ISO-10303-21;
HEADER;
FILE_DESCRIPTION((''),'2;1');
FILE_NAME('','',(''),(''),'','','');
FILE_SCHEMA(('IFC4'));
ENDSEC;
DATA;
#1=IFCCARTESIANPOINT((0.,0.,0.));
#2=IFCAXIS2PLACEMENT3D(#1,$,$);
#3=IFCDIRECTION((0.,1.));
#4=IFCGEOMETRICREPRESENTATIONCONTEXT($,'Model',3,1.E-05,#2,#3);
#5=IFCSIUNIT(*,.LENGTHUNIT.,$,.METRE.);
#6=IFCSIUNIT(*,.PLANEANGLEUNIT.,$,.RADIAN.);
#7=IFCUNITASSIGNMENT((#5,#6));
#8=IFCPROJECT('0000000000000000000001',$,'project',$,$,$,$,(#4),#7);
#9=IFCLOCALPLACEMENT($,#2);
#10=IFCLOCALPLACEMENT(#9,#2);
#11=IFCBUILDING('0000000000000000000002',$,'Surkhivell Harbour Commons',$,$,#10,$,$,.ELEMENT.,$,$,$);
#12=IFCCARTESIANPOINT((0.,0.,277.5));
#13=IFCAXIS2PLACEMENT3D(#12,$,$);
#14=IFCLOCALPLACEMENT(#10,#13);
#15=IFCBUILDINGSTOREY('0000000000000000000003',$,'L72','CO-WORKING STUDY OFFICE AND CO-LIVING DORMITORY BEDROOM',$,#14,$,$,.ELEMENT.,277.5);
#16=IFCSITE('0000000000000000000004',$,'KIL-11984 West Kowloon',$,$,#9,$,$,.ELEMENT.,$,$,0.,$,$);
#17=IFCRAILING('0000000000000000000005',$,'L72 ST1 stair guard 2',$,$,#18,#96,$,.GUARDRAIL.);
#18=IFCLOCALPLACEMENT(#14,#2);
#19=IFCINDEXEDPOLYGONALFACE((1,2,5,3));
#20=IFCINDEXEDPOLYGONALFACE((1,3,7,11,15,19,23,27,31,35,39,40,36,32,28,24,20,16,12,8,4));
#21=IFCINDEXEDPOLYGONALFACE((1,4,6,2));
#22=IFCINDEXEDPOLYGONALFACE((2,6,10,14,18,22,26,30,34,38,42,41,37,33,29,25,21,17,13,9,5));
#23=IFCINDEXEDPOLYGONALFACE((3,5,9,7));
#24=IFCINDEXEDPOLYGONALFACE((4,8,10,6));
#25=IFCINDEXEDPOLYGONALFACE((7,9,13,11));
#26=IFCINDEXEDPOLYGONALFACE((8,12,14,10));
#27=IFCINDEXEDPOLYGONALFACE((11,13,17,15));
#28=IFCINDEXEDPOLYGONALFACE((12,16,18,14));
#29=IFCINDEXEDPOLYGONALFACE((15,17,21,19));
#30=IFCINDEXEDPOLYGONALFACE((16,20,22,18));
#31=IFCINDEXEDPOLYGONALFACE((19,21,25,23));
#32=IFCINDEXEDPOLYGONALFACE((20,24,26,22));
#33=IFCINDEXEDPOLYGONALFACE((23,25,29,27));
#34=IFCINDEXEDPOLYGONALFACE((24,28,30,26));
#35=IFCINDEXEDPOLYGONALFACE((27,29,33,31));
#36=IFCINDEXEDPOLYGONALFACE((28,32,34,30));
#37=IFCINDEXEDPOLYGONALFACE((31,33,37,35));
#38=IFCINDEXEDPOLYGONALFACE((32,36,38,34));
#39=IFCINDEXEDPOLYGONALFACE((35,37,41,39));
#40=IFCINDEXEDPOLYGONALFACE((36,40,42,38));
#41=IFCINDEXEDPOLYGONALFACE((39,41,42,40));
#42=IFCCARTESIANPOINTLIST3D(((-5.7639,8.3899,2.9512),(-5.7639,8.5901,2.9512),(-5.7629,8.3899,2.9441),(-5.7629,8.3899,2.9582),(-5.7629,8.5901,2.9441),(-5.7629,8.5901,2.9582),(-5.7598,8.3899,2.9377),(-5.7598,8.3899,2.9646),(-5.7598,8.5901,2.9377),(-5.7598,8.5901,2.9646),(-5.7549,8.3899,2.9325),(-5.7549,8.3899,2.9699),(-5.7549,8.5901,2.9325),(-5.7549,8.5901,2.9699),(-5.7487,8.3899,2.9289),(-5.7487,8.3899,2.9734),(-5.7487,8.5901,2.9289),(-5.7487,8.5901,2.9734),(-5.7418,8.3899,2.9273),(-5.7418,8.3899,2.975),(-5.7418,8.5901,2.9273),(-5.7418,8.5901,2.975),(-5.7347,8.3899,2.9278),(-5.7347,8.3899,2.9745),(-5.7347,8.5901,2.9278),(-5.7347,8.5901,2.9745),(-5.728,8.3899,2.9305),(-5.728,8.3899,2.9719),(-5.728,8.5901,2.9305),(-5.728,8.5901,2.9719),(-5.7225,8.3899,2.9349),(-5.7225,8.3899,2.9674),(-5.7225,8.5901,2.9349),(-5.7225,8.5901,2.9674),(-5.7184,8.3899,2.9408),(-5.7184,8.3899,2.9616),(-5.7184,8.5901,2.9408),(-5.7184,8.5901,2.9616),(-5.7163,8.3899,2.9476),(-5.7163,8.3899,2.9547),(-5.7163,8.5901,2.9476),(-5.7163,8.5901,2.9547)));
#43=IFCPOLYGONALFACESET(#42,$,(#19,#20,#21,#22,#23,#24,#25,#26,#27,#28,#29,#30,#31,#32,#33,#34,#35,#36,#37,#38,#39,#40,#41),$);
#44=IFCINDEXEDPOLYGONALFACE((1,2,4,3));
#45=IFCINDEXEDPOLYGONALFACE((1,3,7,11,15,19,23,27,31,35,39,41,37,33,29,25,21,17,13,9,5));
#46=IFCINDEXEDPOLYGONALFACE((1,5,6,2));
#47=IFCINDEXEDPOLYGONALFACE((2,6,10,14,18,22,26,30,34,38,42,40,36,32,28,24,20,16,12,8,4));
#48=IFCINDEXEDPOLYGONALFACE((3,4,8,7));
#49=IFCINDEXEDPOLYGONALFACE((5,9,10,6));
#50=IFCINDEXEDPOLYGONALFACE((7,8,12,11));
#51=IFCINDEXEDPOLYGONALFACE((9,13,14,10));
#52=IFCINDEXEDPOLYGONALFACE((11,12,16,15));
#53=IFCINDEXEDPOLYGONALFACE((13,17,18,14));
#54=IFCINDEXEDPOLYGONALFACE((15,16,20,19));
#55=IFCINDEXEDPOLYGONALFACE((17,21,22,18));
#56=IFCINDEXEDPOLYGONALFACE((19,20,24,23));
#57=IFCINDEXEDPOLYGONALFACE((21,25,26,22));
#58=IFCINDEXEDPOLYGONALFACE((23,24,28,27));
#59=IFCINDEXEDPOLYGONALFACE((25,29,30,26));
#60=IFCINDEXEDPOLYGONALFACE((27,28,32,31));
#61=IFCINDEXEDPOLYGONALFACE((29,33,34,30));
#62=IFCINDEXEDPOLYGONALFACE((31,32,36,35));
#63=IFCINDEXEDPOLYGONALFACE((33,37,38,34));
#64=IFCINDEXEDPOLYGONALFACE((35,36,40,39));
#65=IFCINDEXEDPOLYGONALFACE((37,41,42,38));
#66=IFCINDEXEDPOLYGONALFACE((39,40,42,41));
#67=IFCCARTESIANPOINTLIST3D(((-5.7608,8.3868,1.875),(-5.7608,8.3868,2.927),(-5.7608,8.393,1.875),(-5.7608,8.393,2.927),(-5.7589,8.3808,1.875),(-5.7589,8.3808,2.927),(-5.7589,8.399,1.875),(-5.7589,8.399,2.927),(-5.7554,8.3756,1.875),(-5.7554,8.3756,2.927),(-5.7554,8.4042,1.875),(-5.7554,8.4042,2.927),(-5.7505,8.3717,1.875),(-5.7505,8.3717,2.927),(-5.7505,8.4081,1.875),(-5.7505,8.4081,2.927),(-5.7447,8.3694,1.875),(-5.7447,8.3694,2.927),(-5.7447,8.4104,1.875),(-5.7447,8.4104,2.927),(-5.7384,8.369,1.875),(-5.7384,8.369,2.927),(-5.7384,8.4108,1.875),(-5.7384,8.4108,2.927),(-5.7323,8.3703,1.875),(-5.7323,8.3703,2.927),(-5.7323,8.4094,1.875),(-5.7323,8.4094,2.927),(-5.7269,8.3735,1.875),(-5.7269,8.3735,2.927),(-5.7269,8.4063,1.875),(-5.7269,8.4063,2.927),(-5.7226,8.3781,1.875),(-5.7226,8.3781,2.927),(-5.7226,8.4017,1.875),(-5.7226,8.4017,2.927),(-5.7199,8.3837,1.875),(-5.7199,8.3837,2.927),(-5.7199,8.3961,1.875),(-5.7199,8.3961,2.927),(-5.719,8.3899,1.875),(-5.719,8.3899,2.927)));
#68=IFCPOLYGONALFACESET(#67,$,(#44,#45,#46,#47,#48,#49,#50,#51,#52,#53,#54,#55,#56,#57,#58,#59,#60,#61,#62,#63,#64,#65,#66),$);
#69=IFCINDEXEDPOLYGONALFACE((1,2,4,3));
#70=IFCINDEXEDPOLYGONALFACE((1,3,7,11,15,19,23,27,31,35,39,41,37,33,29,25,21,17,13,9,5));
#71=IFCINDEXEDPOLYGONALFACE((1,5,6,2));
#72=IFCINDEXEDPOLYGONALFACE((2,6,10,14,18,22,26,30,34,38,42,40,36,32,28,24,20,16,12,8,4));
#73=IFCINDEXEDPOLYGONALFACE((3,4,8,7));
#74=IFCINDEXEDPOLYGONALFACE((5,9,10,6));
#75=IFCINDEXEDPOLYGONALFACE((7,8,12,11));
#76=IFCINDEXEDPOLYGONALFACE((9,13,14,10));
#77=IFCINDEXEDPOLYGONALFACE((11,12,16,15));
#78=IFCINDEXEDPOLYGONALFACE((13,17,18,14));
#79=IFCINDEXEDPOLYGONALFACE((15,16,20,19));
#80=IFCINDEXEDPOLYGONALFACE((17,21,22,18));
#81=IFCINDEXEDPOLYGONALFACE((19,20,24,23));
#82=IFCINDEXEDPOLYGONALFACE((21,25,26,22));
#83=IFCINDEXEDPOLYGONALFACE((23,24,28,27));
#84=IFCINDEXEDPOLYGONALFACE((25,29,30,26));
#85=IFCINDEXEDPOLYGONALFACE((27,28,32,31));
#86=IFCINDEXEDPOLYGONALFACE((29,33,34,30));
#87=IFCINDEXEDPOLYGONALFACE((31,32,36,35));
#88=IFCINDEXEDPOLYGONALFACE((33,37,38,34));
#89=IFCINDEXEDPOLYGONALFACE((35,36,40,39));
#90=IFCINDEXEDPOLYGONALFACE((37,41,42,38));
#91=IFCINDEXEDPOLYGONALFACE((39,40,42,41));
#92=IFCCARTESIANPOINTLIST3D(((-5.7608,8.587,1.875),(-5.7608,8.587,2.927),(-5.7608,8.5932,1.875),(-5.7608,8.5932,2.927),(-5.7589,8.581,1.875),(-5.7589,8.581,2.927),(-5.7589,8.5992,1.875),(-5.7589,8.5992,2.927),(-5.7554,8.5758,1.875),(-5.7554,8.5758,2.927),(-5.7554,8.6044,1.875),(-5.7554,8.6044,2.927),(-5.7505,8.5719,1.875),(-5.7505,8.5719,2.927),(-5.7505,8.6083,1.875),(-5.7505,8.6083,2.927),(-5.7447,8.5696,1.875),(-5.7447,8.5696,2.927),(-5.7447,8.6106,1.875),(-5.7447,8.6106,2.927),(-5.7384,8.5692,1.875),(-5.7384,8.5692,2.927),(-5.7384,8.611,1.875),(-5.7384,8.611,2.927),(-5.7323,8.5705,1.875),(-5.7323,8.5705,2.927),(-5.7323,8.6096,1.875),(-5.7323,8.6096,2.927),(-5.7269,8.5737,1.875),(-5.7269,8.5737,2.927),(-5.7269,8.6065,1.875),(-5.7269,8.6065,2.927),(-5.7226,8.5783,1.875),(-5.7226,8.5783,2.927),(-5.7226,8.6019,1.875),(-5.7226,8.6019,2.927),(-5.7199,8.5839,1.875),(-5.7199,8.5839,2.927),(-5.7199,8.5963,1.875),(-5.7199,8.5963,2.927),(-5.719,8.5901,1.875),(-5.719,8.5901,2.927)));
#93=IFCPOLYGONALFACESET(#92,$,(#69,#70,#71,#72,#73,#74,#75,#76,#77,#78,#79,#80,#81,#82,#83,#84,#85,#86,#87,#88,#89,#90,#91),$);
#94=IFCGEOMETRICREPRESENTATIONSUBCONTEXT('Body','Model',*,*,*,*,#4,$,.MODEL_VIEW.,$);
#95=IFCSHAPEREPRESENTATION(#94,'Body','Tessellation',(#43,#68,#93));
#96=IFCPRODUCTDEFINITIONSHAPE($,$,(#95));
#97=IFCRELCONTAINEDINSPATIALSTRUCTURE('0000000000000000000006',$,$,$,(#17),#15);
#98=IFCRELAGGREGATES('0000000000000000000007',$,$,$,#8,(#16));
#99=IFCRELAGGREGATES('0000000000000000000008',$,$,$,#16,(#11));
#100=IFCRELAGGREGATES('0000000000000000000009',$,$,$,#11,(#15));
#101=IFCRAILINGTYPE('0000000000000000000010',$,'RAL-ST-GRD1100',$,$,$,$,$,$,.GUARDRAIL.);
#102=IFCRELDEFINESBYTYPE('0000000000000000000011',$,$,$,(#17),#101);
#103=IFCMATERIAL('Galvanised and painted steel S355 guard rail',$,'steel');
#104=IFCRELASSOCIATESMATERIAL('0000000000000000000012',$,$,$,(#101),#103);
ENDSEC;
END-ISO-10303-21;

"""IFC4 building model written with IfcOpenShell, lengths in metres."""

from ifc_helpers import new_model, si_unit, direction, frame, origin, origin_2d, place, context, subcontext, project, spatial, circle, extrude, material, type_object, element, save


model = new_model("IFC4")

# Units and contexts
model_context = context("Model", 3, precision=1e-05, world=origin(), true_north=direction((0.0, 1.0)))
body_context = subcontext(model_context, "Body", "Model", "MODEL_VIEW")
ifc_project = project(units=[si_unit("LENGTHUNIT", "METRE"), si_unit("PLANEANGLEUNIT", "RADIAN")], contexts=[model_context])

# Site, building, storey
site_placement = place(None, origin())
site = spatial("IfcSite", under=ifc_project, at=site_placement, Name="KIL-11984 West Kowloon", CompositionType="ELEMENT", RefElevation=0.0)
building_placement = place(site_placement, origin())
building = spatial("IfcBuilding", under=site, at=building_placement, Name="Surkhivell Harbour Commons", CompositionType="ELEMENT")
storey_placement = place(building_placement, frame((0.0, 0.0, 277.5)))
storey = spatial("IfcBuildingStorey", under=building, at=storey_placement, Name="L72", Description="CO-WORKING STUDY OFFICE AND CO-LIVING DORMITORY BEDROOM", CompositionType="ELEMENT", Elevation=277.5)

# Railing
ifc_material_1 = material(Name="Galvanised and painted steel S355 guard rail", Category="steel")
railing_type_1 = type_object("IfcRailingType", Name="RAL-ST-GRD1100", PredefinedType="GUARDRAIL", material=ifc_material_1)
railing_1_placement = place(storey_placement, frame((-5.74, 8.3899, 1.875)))
element("IfcRailing", 1, at=railing_1_placement, inside=storey, type_object=railing_type_1, Name="L72 ST1 stair guard 2", PredefinedType="GUARDRAIL", context=body_context, shape_type="SweptSolid", body=[
    extrude(circle(Radius=0.0239, at=origin_2d()), frame((0.0, 0.0, 1.0762), z_axis=(0.0, 1.0, 0.0), x_axis=(-1.0, 0.0, 0.0)), (0.0, 0.0, 1.0), 0.2002),
    extrude(circle(Radius=0.021, at=origin_2d()), origin(), (0.0, 0.0, 1.0), 1.052),
    extrude(circle(Radius=0.021, at=origin_2d()), frame((0.0, 0.2002, 0.0)), (0.0, 0.0, 1.0), 1.052),
])

save(model, "model.ifc")
